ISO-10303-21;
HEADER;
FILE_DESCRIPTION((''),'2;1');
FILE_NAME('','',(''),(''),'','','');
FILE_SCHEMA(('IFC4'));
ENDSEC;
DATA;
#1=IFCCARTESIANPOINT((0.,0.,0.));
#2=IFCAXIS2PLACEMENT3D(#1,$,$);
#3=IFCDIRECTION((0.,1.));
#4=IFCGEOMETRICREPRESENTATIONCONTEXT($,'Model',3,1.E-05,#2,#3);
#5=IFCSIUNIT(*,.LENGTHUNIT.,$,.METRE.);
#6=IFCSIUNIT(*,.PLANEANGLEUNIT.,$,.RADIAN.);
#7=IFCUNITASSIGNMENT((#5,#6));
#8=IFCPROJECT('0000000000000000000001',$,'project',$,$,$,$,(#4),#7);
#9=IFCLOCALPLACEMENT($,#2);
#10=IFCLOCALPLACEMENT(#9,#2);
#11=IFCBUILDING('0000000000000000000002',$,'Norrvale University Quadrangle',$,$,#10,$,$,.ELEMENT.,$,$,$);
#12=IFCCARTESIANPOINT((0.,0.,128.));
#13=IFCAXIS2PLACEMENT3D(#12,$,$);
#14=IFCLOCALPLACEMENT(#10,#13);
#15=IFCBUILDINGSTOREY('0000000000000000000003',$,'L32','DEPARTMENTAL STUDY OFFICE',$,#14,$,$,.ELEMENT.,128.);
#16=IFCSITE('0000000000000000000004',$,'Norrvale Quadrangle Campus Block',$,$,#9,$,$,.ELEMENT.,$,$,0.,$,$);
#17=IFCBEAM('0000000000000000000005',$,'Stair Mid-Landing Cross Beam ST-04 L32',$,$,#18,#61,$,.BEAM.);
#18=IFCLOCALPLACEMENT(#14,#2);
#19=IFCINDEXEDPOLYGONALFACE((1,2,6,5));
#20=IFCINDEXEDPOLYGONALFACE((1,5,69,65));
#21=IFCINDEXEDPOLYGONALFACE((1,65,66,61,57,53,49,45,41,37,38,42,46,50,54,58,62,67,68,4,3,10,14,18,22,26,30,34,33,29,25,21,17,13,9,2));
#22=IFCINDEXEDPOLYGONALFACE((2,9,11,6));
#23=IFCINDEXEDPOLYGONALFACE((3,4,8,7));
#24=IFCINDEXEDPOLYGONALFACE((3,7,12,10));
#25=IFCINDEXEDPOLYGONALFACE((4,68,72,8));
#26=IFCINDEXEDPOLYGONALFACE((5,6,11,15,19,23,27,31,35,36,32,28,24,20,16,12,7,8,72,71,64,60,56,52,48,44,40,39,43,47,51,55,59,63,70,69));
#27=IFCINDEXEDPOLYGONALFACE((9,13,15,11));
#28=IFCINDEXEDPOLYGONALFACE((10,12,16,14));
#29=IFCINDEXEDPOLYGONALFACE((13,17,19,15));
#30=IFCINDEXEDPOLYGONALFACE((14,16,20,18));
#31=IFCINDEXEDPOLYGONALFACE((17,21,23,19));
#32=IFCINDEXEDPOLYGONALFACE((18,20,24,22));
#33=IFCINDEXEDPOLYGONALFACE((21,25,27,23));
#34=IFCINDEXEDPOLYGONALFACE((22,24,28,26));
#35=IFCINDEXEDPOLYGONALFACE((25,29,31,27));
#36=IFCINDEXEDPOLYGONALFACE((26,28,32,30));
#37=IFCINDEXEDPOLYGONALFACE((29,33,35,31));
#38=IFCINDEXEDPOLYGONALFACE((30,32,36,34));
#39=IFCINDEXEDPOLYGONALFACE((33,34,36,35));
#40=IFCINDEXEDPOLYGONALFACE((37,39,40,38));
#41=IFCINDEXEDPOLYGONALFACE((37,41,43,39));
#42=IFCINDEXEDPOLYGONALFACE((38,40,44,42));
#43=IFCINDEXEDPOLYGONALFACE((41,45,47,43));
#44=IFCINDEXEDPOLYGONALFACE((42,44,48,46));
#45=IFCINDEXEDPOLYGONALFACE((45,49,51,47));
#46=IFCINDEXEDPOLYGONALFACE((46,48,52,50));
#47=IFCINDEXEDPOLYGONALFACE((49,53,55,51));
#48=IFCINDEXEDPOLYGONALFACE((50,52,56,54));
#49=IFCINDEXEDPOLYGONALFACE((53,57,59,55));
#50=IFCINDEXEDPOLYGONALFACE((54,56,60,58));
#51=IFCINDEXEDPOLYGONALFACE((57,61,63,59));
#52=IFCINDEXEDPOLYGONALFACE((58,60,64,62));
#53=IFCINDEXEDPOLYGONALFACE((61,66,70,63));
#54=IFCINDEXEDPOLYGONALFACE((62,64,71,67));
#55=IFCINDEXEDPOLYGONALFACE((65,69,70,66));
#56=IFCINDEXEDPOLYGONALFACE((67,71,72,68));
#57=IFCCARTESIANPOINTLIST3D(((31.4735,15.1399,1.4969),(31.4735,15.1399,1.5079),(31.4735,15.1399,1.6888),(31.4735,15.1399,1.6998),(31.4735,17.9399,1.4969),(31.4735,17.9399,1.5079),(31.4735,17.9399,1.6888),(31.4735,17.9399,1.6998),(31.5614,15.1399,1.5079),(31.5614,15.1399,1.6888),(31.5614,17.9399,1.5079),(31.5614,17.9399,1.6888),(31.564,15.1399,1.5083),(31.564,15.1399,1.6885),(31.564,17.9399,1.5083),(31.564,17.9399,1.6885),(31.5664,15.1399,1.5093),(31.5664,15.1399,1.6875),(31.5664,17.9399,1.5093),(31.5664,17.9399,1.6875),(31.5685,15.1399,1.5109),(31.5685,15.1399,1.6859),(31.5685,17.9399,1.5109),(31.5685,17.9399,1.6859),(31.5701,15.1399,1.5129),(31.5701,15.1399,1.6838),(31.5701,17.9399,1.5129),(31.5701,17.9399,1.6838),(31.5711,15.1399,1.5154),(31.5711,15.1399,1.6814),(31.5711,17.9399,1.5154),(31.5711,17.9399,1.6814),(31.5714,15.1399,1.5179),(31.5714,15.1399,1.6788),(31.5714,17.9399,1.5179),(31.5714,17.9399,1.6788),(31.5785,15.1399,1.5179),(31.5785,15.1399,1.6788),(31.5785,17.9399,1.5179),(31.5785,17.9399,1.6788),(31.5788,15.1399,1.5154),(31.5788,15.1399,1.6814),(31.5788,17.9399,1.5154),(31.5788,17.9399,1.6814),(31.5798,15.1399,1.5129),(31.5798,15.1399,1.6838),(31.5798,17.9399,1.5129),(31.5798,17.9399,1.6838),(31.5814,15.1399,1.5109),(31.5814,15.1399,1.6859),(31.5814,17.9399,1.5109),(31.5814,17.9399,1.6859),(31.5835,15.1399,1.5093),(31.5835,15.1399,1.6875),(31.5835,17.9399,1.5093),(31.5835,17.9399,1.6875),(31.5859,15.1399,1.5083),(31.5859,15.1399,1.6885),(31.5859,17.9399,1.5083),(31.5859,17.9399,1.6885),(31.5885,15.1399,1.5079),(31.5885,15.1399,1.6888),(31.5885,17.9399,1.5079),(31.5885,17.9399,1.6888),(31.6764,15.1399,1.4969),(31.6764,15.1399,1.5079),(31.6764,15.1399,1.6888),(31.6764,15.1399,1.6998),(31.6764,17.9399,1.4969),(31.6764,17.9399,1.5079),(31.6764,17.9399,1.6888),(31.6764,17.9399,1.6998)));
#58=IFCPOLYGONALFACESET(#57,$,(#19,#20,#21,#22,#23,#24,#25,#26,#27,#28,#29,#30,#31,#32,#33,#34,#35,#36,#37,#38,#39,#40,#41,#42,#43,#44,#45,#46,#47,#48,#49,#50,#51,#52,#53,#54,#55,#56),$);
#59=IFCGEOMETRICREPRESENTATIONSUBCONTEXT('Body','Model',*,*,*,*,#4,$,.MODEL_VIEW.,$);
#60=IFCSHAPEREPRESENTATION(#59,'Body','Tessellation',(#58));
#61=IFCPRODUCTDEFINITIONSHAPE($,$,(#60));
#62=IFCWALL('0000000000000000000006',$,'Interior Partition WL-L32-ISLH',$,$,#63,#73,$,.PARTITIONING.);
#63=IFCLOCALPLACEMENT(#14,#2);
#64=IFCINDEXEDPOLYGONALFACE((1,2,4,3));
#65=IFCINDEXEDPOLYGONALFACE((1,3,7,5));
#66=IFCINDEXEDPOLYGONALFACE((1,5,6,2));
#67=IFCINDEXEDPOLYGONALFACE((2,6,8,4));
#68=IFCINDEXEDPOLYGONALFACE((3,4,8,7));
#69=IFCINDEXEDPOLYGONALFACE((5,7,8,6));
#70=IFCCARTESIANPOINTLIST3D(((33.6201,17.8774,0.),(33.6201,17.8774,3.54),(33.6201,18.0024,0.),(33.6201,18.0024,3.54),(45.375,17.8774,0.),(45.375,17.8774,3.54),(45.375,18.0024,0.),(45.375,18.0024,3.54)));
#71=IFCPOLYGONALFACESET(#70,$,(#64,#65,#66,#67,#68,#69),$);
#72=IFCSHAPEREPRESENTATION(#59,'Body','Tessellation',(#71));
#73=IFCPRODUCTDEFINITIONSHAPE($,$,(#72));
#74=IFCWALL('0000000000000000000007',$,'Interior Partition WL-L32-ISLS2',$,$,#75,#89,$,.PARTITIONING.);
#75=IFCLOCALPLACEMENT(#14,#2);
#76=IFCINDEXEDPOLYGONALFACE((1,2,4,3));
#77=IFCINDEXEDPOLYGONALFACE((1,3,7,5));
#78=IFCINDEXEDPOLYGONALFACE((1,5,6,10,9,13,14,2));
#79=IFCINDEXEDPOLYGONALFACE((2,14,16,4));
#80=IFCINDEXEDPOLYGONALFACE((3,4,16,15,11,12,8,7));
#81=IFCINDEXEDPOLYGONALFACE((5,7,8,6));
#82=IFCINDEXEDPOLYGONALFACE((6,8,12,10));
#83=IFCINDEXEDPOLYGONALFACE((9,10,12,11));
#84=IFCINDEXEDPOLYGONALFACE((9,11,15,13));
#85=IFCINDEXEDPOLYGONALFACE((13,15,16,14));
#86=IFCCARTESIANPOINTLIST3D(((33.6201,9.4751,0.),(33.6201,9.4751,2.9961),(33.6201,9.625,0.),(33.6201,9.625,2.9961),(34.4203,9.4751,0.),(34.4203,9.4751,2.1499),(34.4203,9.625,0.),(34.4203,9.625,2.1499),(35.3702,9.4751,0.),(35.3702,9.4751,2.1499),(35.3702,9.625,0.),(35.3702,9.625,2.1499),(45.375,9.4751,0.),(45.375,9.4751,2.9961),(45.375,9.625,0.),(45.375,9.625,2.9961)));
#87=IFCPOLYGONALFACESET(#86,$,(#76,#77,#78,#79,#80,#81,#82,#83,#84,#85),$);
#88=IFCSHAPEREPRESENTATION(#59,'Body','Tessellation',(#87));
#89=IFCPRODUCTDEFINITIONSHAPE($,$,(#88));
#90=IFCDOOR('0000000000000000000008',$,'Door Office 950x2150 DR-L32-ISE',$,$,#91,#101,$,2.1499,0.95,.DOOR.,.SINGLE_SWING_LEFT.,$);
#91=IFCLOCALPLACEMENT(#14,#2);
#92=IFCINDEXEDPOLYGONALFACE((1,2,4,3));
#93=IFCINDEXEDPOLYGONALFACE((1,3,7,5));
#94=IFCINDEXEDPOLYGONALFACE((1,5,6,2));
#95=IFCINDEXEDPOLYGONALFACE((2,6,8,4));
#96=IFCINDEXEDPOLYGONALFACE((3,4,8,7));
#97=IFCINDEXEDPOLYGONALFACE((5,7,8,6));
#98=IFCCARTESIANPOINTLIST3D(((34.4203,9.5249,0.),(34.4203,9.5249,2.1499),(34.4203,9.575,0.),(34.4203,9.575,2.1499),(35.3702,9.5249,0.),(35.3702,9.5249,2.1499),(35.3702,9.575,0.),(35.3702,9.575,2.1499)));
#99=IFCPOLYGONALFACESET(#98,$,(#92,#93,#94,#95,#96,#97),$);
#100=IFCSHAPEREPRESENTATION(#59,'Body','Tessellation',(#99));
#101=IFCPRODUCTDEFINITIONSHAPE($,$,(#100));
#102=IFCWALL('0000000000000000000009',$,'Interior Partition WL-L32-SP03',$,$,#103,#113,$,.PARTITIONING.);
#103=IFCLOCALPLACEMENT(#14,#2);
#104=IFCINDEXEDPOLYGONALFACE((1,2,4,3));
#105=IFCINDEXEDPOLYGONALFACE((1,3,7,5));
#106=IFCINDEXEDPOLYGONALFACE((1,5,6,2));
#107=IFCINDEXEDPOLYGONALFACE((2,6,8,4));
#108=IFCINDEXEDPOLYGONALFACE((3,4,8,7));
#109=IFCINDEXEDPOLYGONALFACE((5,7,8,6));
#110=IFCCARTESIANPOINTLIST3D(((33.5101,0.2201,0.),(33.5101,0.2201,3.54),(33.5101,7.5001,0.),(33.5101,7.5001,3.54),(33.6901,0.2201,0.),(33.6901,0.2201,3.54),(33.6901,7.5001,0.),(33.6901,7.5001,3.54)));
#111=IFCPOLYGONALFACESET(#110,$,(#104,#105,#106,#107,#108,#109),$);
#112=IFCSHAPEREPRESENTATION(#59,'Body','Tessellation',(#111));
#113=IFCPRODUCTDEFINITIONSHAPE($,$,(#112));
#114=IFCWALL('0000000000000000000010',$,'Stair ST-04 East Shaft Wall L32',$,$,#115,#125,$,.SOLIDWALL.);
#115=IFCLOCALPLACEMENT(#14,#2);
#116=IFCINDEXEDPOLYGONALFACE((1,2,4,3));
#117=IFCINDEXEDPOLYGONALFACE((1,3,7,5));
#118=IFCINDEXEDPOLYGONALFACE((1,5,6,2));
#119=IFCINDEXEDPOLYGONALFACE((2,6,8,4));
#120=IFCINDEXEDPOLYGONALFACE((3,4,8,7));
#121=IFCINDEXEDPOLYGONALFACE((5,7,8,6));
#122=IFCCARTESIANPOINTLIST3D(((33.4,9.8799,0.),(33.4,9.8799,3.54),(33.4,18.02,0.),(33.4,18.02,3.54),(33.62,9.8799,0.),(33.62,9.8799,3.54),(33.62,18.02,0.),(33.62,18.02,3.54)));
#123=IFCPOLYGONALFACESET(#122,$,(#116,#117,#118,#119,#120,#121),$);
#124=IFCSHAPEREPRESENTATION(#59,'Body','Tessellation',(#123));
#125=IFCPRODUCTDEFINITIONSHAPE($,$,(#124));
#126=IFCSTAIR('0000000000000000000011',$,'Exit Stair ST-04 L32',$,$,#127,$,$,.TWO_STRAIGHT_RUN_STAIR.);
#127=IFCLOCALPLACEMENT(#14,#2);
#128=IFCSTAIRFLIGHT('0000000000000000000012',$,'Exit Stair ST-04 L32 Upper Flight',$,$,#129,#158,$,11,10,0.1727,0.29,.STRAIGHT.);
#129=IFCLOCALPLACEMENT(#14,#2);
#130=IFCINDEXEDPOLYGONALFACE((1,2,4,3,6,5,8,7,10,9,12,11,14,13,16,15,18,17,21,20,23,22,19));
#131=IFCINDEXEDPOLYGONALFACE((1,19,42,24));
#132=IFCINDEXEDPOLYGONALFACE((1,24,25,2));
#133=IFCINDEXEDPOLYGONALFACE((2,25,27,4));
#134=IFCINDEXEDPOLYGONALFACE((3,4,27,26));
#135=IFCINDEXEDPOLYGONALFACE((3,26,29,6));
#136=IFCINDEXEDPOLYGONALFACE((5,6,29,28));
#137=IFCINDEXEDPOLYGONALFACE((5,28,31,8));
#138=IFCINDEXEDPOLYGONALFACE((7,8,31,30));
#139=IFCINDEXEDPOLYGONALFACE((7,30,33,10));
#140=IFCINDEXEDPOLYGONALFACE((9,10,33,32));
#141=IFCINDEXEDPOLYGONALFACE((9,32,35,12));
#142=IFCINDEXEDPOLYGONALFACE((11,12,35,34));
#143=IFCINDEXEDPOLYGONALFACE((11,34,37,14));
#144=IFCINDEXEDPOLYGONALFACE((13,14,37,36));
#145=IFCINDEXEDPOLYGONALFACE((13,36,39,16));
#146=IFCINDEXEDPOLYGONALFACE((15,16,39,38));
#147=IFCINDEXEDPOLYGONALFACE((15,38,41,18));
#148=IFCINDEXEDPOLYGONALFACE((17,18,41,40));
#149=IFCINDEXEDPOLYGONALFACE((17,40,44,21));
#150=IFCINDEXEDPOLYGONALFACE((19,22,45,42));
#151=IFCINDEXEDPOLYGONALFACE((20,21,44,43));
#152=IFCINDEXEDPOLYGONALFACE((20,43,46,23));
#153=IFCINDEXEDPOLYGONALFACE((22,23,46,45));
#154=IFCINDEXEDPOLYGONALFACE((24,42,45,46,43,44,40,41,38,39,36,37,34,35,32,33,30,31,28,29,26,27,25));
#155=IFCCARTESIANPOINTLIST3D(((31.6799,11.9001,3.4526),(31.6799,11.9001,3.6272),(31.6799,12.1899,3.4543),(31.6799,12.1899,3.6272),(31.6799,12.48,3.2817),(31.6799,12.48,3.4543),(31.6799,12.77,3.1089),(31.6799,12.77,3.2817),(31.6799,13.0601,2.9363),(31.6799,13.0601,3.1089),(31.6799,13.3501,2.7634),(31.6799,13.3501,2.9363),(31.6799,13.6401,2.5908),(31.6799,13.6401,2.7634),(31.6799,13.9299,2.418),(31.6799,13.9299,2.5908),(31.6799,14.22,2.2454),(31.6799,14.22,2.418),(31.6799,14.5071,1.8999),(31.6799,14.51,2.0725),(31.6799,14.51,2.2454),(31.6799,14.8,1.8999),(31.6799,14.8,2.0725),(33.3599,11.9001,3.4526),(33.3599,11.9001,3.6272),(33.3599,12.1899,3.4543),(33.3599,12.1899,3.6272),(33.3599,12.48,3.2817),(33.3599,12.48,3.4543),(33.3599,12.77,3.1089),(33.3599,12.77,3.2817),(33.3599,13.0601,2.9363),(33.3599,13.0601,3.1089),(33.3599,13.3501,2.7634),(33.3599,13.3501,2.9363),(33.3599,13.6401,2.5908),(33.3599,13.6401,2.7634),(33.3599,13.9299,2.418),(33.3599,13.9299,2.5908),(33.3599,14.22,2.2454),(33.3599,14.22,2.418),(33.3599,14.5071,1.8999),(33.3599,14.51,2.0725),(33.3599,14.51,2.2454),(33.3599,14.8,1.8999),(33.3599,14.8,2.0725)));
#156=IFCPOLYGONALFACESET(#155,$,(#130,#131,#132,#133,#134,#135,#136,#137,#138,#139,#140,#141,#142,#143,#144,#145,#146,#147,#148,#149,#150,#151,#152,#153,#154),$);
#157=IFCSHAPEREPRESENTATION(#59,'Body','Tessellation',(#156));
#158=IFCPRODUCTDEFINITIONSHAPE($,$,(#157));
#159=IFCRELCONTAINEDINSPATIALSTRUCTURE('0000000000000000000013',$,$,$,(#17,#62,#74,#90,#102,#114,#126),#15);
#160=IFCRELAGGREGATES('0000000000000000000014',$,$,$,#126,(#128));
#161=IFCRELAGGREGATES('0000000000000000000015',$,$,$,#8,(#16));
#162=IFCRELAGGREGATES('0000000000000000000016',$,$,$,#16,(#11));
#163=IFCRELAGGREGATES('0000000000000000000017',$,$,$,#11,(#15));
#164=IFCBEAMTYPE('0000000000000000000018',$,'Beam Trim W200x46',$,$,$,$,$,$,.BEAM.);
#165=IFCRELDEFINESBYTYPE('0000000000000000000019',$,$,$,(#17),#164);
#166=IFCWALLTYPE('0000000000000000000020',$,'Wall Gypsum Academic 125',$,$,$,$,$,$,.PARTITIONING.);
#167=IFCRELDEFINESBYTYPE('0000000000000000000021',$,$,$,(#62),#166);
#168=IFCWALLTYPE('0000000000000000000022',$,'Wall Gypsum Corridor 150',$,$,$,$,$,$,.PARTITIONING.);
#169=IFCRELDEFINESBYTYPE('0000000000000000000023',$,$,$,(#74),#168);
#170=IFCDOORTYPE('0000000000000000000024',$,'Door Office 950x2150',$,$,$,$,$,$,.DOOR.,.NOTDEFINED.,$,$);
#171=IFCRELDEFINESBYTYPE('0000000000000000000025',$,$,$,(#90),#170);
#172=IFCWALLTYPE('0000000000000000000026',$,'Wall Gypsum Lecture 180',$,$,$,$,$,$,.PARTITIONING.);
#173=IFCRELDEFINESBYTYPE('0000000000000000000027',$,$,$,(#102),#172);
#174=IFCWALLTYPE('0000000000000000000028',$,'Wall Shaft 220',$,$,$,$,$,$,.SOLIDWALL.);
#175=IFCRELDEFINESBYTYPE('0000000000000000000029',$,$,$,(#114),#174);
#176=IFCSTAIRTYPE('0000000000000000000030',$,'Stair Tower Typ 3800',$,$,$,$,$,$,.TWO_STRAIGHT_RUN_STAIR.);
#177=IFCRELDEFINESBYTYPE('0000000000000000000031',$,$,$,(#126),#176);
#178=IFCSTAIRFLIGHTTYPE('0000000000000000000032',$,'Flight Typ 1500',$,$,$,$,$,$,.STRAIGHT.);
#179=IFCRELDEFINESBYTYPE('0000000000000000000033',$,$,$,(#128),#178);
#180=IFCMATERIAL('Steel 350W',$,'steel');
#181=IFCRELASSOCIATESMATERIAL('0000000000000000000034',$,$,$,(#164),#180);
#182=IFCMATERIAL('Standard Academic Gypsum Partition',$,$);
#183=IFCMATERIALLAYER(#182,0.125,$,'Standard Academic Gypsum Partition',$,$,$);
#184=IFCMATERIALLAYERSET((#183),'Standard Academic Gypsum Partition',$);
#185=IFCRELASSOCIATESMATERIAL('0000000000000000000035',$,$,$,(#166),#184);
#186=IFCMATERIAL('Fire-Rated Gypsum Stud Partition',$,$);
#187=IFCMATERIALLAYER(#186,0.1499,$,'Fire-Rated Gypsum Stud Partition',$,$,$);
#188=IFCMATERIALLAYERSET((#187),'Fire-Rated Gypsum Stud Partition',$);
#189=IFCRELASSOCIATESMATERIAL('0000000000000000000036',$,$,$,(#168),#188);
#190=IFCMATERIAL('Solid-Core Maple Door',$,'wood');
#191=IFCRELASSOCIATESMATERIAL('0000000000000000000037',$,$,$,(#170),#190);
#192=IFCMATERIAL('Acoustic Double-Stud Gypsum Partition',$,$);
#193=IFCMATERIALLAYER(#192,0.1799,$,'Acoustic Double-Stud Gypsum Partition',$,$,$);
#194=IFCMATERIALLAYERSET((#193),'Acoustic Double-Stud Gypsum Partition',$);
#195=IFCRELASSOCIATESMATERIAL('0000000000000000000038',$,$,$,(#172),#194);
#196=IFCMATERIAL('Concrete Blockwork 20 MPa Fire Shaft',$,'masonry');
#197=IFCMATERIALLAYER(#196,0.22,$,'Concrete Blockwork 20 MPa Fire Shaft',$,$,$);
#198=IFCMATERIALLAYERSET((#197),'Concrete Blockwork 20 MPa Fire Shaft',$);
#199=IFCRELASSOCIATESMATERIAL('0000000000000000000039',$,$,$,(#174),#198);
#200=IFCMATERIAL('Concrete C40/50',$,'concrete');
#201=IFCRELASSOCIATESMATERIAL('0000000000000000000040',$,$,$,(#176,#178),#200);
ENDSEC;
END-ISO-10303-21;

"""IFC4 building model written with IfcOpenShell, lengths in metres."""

from ifc_helpers import new_model, si_unit, direction, frame, frame_2d, origin, origin_2d, place, context, subcontext, project, spatial, polyline, rectangle, i_section, outline, extrude, material, layer, layer_set, material_profile, profile_set, type_object, element, fill, aggregate, save


model = new_model("IFC4")

# Units and contexts
model_context = context("Model", 3, precision=1e-05, world=origin(), true_north=direction((0.0, 1.0)))
body_context = subcontext(model_context, "Body", "Model", "MODEL_VIEW")
ifc_project = project(units=[si_unit("LENGTHUNIT", "METRE"), si_unit("PLANEANGLEUNIT", "RADIAN")], contexts=[model_context])

# Site, building, storey
site_placement = place(None, origin())
site = spatial("IfcSite", under=ifc_project, at=site_placement, Name="Norrvale Quadrangle Campus Block", CompositionType="ELEMENT", RefElevation=0.0)
building_placement = place(site_placement, origin())
building = spatial("IfcBuilding", under=site, at=building_placement, Name="Norrvale University Quadrangle", CompositionType="ELEMENT")
storey_placement = place(building_placement, frame((0.0, 0.0, 128.0)))
storey = spatial("IfcBuildingStorey", under=building, at=storey_placement, Name="L32", Description="DEPARTMENTAL STUDY OFFICE", CompositionType="ELEMENT", Elevation=128.0)

# Beam
ifc_material_1 = material(Name="Steel 350W", Category="steel")
ifc_material_profile_1 = material_profile(ifc_material_1, i_section(OverallWidth=0.2029, OverallDepth=0.2029, WebThickness=0.0071, FlangeThickness=0.011, FilletRadius=0.01, at=origin_2d()), Name="Steel 350W")
ifc_profile_set_1 = profile_set([ifc_material_profile_1], Name="Steel 350W")
beam_type_1 = type_object("IfcBeamType", Name="Beam Trim W200x46", PredefinedType="BEAM", material=ifc_profile_set_1)
beam_1_placement = place(storey_placement, frame((31.575, 15.1399, 1.5984), z_axis=(0.0, 1.0, 0.0), x_axis=(-1.0, 0.0, 0.0)))
element("IfcBeam", 1, at=beam_1_placement, inside=storey, type_object=beam_type_1, Name="Stair Mid-Landing Cross Beam ST-04 L32", PredefinedType="BEAM", context=body_context, shape_type="SweptSolid", body=[
    extrude(i_section(OverallWidth=0.2029, OverallDepth=0.2029, WebThickness=0.0071, FlangeThickness=0.011, FilletRadius=0.01, at=origin_2d()), origin(), (0.0, 0.0, 1.0), 2.8),
])

# Wall
ifc_material_2 = material(Name="Standard Academic Gypsum Partition")
ifc_layer_1 = layer(ifc_material_2, 0.125, Name="Standard Academic Gypsum Partition")
ifc_layer_set_1 = layer_set([ifc_layer_1], Name="Standard Academic Gypsum Partition")
wall_type_1 = type_object("IfcWallType", Name="Wall Gypsum Academic 125", PredefinedType="PARTITIONING", material=ifc_layer_set_1)
wall_1_placement = place(storey_placement, frame((33.6201, 17.9399, 0.0), z_axis=(0.0, 0.0, 1.0), x_axis=(1.0, 0.0, 0.0)))
element("IfcWall", 2, at=wall_1_placement, inside=storey, type_object=wall_type_1, Name="Interior Partition WL-L32-ISLH", PredefinedType="PARTITIONING", context=body_context, shape_type="SweptSolid", body=[
    extrude(rectangle(XDim=11.7549, YDim=0.125, at=frame_2d((5.8774, 0.0))), origin(), (0.0, 0.0, 1.0), 3.54),
])

# Wall, opening, door
ifc_material_3 = material(Name="Fire-Rated Gypsum Stud Partition")
ifc_layer_2 = layer(ifc_material_3, 0.1499, Name="Fire-Rated Gypsum Stud Partition")
ifc_layer_set_2 = layer_set([ifc_layer_2], Name="Fire-Rated Gypsum Stud Partition")
wall_type_2 = type_object("IfcWallType", Name="Wall Gypsum Corridor 150", PredefinedType="PARTITIONING", material=ifc_layer_set_2)
wall_2_placement = place(storey_placement, frame((33.6201, 9.55, 0.0), z_axis=(0.0, 0.0, 1.0), x_axis=(1.0, 0.0, 0.0)))
wall_2 = element("IfcWall", 3, at=wall_2_placement, inside=storey, type_object=wall_type_2, Name="Interior Partition WL-L32-ISLS2", PredefinedType="PARTITIONING", context=body_context, shape_type="SweptSolid", body=[
    extrude(rectangle(XDim=11.7549, YDim=0.1499, at=frame_2d((5.8774, 0.0))), origin(), (0.0, 0.0, 1.0), 2.9961),
])
opening_placement = place(wall_2_placement, frame((0.8, 0.0, 0.0)))
opening = element("IfcOpeningElement", 4, at=opening_placement, cuts=wall_2, PredefinedType="OPENING", context=body_context, shape_type="SweptSolid", body=[
    extrude(rectangle(XDim=0.95, YDim=2.1499, at=frame_2d((0.4751, 1.075))), frame((0.0, 0.0869, 0.0), z_axis=(0.0, -1.0, 0.0), x_axis=(1.0, 0.0, 0.0)), (0.0, 0.0, 1.0), 0.1738),
])
ifc_material_4 = material(Name="Solid-Core Maple Door", Category="wood")
door_type = type_object("IfcDoorType", Name="Door Office 950x2150", OperationType="NOTDEFINED", PredefinedType="DOOR", material=ifc_material_4)
door_placement = place(opening_placement, origin())
door = element("IfcDoor", 5, at=door_placement, inside=storey, type_object=door_type, Name="Door Office 950x2150 DR-L32-ISE", OperationType="SINGLE_SWING_LEFT", OverallHeight=2.1499, OverallWidth=0.95, PredefinedType="DOOR", context=body_context, shape_type="SweptSolid", body=[
    extrude(rectangle(XDim=0.95, YDim=2.1499, at=frame_2d((0.4751, 1.075))), frame((0.0, 0.0249, 0.0), z_axis=(0.0, -1.0, 0.0), x_axis=(1.0, 0.0, 0.0)), (0.0, 0.0, 1.0), 0.05),
])
fill(opening, door)

# Walls
ifc_material_5 = material(Name="Acoustic Double-Stud Gypsum Partition")
ifc_layer_3 = layer(ifc_material_5, 0.1799, Name="Acoustic Double-Stud Gypsum Partition")
ifc_layer_set_3 = layer_set([ifc_layer_3], Name="Acoustic Double-Stud Gypsum Partition")
wall_type_3 = type_object("IfcWallType", Name="Wall Gypsum Lecture 180", PredefinedType="PARTITIONING", material=ifc_layer_set_3)
wall_3_placement = place(storey_placement, frame((33.6001, 0.22, 0.0), z_axis=(0.0, 0.0, 1.0), x_axis=(0.0, 1.0, 0.0)))
element("IfcWall", 6, at=wall_3_placement, inside=storey, type_object=wall_type_3, Name="Interior Partition WL-L32-SP03", PredefinedType="PARTITIONING", context=body_context, shape_type="SweptSolid", body=[
    extrude(rectangle(XDim=7.28, YDim=0.1799, at=frame_2d((3.6401, 0.0))), origin(), (0.0, 0.0, 1.0), 3.54),
])
ifc_material_6 = material(Name="Concrete Blockwork 20 MPa Fire Shaft", Category="masonry")
ifc_layer_4 = layer(ifc_material_6, 0.22, Name="Concrete Blockwork 20 MPa Fire Shaft")
ifc_layer_set_4 = layer_set([ifc_layer_4], Name="Concrete Blockwork 20 MPa Fire Shaft")
wall_type_4 = type_object("IfcWallType", Name="Wall Shaft 220", PredefinedType="SOLIDWALL", material=ifc_layer_set_4)
wall_4_placement = place(storey_placement, frame((33.51, 9.8799, 0.0), z_axis=(0.0, 0.0, 1.0), x_axis=(0.0, 1.0, 0.0)))
element("IfcWall", 7, at=wall_4_placement, inside=storey, type_object=wall_type_4, Name="Stair ST-04 East Shaft Wall L32", PredefinedType="SOLIDWALL", context=body_context, shape_type="SweptSolid", body=[
    extrude(rectangle(XDim=8.1401, YDim=0.22, at=frame_2d((4.0701, 0.0))), origin(), (0.0, 0.0, 1.0), 3.54),
])

# Stair, stair flight
ifc_material_7 = material(Name="Concrete C40/50", Category="concrete")
stair_type = type_object("IfcStairType", Name="Stair Tower Typ 3800", PredefinedType="TWO_STRAIGHT_RUN_STAIR", material=ifc_material_7)
stair_placement = place(storey_placement, origin())
stair = element("IfcStair", 8, at=stair_placement, inside=storey, type_object=stair_type, Name="Exit Stair ST-04 L32", PredefinedType="TWO_STRAIGHT_RUN_STAIR")
stair_flight_type = type_object("IfcStairFlightType", Name="Flight Typ 1500", PredefinedType="STRAIGHT", material=ifc_material_7)
stair_flight_placement = place(storey_placement, frame((32.52, 14.8, 1.8999), z_axis=(0.0, 0.0, 1.0), x_axis=(0.0, -1.0, 0.0)))
stair_flight = element("IfcStairFlight", 9, at=stair_flight_placement, type_object=stair_flight_type, Name="Exit Stair ST-04 L32 Upper Flight", NumberOfRisers=11, NumberOfTreads=10, PredefinedType="STRAIGHT", RiserHeight=0.1727, TreadLength=0.29, context=body_context, shape_type="SweptSolid", body=[
    extrude(outline(polyline([(0.0, 0.0), (0.0, 0.1726), (0.29, 0.1726), (0.29, 0.3455), (0.5801, 0.3455), (0.5801, 0.5181), (0.8701, 0.5181), (0.8701, 0.6909), (1.1599, 0.6909), (1.1599, 0.8635), (1.45, 0.8635), (1.45, 1.0364), (1.74, 1.0364), (1.74, 1.209), (2.03, 1.209), (2.03, 1.3818), (2.3201, 1.3818), (2.3201, 1.5544), (2.6101, 1.5544), (2.6101, 1.7273), (2.8999, 1.7273), (2.8999, 1.8999), (2.8999, 1.5527), (0.293, 0.0), (0.0, 0.0)])), frame((0.0, 0.8398, 0.0), z_axis=(0.0, -1.0, 0.0), x_axis=(1.0, 0.0, 0.0)), (0.0, 0.0, 1.0), 1.6799),
])
aggregate(stair, [stair_flight])

save(model, "model.ifc")
